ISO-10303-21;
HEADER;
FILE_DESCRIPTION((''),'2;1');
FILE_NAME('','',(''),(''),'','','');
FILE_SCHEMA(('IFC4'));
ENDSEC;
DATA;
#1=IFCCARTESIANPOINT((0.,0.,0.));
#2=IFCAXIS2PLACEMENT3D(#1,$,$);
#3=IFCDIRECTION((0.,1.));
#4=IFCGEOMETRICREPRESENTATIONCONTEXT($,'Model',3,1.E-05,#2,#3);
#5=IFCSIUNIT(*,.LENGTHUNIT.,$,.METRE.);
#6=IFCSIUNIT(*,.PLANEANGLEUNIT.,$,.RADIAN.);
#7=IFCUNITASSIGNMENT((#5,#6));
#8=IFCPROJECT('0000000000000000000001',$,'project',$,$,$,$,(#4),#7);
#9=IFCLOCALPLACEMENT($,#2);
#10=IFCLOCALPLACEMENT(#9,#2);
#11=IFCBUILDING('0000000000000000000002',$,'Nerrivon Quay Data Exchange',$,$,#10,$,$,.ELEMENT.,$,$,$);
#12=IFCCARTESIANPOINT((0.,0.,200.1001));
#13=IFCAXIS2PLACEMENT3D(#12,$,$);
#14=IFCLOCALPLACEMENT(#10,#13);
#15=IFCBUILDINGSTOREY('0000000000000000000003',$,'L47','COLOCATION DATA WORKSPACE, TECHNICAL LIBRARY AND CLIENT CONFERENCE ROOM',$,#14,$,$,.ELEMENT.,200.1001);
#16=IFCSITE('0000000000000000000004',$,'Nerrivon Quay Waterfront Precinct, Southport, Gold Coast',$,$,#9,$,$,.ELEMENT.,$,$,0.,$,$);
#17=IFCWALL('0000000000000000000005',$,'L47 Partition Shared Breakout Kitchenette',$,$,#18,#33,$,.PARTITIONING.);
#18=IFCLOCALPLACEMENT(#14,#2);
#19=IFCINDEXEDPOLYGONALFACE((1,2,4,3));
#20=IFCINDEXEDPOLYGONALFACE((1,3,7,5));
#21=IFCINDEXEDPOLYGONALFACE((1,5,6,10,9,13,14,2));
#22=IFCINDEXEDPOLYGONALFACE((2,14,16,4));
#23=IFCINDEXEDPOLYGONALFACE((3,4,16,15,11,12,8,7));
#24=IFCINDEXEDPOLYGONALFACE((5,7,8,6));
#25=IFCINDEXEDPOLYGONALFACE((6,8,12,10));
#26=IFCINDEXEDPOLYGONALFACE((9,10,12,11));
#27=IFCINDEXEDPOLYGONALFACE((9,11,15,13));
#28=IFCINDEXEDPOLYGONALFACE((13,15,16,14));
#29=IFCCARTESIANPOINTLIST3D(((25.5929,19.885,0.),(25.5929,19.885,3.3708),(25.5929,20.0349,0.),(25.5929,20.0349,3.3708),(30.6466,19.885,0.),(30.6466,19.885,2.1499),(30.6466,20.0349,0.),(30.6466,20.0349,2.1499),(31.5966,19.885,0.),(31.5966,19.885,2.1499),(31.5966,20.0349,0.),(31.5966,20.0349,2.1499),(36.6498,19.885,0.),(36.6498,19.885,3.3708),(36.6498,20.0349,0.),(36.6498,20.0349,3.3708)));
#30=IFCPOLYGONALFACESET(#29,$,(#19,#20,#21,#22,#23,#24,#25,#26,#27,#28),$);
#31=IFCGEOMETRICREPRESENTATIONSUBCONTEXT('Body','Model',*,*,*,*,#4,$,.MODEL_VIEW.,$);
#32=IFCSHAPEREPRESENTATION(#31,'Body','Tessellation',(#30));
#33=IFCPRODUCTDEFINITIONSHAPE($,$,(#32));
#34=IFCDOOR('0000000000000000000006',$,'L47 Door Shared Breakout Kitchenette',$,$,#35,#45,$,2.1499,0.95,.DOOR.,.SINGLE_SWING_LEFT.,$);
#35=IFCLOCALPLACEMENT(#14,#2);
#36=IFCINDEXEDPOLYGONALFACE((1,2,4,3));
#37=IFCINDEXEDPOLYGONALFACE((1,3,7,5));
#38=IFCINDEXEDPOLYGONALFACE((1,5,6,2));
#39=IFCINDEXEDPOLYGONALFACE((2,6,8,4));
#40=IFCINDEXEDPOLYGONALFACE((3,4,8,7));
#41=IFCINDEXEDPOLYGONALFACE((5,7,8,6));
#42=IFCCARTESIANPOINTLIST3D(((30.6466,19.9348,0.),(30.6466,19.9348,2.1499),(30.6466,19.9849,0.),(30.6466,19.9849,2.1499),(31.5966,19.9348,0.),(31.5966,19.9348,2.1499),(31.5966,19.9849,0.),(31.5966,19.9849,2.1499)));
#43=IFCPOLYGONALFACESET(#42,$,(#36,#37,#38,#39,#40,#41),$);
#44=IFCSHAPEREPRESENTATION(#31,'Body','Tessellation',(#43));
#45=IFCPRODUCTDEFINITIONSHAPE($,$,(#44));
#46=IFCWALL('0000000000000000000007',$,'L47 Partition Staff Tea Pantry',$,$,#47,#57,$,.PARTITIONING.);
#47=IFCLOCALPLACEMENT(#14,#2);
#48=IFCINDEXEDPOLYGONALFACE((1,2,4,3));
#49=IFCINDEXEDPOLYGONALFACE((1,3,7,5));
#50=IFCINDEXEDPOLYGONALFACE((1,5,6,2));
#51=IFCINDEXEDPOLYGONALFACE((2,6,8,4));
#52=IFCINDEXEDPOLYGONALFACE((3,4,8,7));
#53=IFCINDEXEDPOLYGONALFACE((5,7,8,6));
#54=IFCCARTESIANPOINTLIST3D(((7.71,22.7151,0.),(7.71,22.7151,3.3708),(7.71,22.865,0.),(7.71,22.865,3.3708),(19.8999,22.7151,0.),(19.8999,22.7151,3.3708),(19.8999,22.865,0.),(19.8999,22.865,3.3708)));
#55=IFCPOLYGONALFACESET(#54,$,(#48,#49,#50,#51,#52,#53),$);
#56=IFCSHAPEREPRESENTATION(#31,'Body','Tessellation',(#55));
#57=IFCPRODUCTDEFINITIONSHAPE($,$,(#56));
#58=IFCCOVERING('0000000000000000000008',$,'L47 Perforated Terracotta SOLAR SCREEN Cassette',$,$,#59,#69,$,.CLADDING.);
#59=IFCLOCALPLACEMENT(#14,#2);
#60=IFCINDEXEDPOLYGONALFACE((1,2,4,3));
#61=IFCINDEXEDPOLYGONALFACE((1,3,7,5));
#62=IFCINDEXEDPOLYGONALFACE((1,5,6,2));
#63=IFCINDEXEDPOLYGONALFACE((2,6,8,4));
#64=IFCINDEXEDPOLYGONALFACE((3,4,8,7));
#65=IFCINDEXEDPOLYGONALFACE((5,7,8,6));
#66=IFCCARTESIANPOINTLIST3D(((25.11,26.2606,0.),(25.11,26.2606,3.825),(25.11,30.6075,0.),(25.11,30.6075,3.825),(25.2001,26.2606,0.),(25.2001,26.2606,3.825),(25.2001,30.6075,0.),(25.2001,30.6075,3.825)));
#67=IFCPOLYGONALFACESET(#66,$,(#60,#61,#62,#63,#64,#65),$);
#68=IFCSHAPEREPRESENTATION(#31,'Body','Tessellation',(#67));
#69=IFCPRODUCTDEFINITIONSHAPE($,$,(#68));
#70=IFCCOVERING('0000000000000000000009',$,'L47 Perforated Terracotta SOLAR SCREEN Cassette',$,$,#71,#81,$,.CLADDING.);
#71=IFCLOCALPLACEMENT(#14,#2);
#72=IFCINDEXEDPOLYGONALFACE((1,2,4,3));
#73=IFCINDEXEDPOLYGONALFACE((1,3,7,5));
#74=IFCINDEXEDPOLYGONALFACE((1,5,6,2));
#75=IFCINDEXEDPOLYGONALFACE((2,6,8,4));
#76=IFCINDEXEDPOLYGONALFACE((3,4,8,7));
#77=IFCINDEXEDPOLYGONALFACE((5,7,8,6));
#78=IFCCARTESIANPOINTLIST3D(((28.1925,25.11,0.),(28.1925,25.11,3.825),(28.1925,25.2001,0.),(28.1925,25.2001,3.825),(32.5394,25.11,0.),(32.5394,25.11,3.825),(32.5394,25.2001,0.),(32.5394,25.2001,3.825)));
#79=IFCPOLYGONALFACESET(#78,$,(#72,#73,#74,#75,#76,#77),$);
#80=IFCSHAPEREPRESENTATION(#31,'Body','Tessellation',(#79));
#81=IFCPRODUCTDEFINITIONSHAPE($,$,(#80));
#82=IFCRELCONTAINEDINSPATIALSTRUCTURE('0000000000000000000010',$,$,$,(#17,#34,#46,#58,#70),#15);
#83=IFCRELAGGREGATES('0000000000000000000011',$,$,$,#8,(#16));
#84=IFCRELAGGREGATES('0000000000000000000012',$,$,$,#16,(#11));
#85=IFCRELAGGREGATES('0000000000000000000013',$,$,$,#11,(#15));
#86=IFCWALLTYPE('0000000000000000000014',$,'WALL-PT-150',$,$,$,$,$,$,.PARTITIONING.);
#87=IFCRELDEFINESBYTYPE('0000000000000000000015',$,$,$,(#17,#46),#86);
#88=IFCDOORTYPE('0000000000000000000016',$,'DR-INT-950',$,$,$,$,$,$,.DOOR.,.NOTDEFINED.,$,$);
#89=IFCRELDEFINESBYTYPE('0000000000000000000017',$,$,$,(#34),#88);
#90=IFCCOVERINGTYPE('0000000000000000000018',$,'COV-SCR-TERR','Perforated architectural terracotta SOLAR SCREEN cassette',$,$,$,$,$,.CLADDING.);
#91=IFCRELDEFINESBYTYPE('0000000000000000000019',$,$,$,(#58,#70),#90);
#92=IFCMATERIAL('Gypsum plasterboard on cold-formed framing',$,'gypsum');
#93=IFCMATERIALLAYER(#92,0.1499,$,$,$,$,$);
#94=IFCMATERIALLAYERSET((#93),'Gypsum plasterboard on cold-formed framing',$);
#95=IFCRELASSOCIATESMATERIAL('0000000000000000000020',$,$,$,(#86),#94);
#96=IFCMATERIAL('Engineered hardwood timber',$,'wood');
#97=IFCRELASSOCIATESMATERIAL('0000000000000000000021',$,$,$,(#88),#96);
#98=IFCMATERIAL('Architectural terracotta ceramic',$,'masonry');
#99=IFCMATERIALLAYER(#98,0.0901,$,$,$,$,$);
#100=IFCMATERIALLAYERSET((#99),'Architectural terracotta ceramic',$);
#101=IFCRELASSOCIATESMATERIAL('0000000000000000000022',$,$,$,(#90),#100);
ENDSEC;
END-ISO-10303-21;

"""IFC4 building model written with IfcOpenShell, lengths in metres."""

from ifc_helpers import new_model, si_unit, direction, frame, frame_2d, origin, origin_2d, place, context, subcontext, project, spatial, rectangle, extrude, material, layer, layer_set, type_object, element, fill, save


model = new_model("IFC4")

# Units and contexts
model_context = context("Model", 3, precision=1e-05, world=origin(), true_north=direction((0.0, 1.0)))
body_context = subcontext(model_context, "Body", "Model", "MODEL_VIEW")
ifc_project = project(units=[si_unit("LENGTHUNIT", "METRE"), si_unit("PLANEANGLEUNIT", "RADIAN")], contexts=[model_context])

# Site, building, storey
site_placement = place(None, origin())
site = spatial("IfcSite", under=ifc_project, at=site_placement, Name="Nerrivon Quay Waterfront Precinct, Southport, Gold Coast", CompositionType="ELEMENT", RefElevation=0.0)
building_placement = place(site_placement, origin())
building = spatial("IfcBuilding", under=site, at=building_placement, Name="Nerrivon Quay Data Exchange", CompositionType="ELEMENT")
storey_placement = place(building_placement, frame((0.0, 0.0, 200.1001)))
storey = spatial("IfcBuildingStorey", under=building, at=storey_placement, Name="L47", Description="COLOCATION DATA WORKSPACE, TECHNICAL LIBRARY AND CLIENT CONFERENCE ROOM", CompositionType="ELEMENT", Elevation=200.1001)

# Shared definitions
ifc_material_1 = material(Name="Gypsum plasterboard on cold-formed framing", Category="gypsum")

# Wall, opening, door
ifc_layer_1 = layer(ifc_material_1, 0.1499)
ifc_layer_set_1 = layer_set([ifc_layer_1], Name="Gypsum plasterboard on cold-formed framing")
wall_type_1 = type_object("IfcWallType", Name="WALL-PT-150", PredefinedType="PARTITIONING", material=ifc_layer_set_1)
wall_1_placement = place(storey_placement, frame((25.593, 19.96, 0.0), z_axis=(0.0, 0.0, 1.0), x_axis=(1.0, 0.0, 0.0)))
wall_1 = element("IfcWall", 1, at=wall_1_placement, inside=storey, type_object=wall_type_1, Name="L47 Partition Shared Breakout Kitchenette", PredefinedType="PARTITIONING", context=body_context, shape_type="SweptSolid", body=[
    extrude(rectangle(XDim=11.0569, YDim=0.1499, at=frame_2d((5.5283, 0.0))), origin(), (0.0, 0.0, 1.0), 3.3708),
])
opening_placement = place(wall_1_placement, frame((5.0535, 0.0, 0.0)))
opening = element("IfcOpeningElement", 2, at=opening_placement, cuts=wall_1, PredefinedType="OPENING", context=body_context, shape_type="SweptSolid", body=[
    extrude(rectangle(XDim=0.95, YDim=2.1499, at=frame_2d((0.4751, 1.075))), frame((0.0, 0.085, 0.0), z_axis=(0.0, -1.0, 0.0), x_axis=(1.0, 0.0, 0.0)), (0.0, 0.0, 1.0), 0.1699),
])
ifc_material_2 = material(Name="Engineered hardwood timber", Category="wood")
door_type = type_object("IfcDoorType", Name="DR-INT-950", OperationType="NOTDEFINED", PredefinedType="DOOR", material=ifc_material_2)
door_placement = place(opening_placement, origin())
door = element("IfcDoor", 3, at=door_placement, inside=storey, type_object=door_type, Name="L47 Door Shared Breakout Kitchenette", OperationType="SINGLE_SWING_LEFT", OverallHeight=2.1499, OverallWidth=0.95, PredefinedType="DOOR", context=body_context, shape_type="SweptSolid", body=[
    extrude(rectangle(XDim=0.95, YDim=2.1499, at=frame_2d((0.4751, 1.075))), frame((0.0, 0.0249, 0.0), z_axis=(0.0, -1.0, 0.0), x_axis=(1.0, 0.0, 0.0)), (0.0, 0.0, 1.0), 0.05),
])
fill(opening, door)

# Wall
wall_2_placement = place(storey_placement, frame((19.8999, 22.79, 0.0), z_axis=(0.0, 0.0, 1.0), x_axis=(-1.0, 0.0, 0.0)))
element("IfcWall", 4, at=wall_2_placement, inside=storey, type_object=wall_type_1, Name="L47 Partition Staff Tea Pantry", PredefinedType="PARTITIONING", context=body_context, shape_type="SweptSolid", body=[
    extrude(rectangle(XDim=12.1899, YDim=0.1499, at=frame_2d((6.095, 0.0))), origin(), (0.0, 0.0, 1.0), 3.3708),
])

# Coverings
ifc_material_3 = material(Name="Architectural terracotta ceramic", Category="masonry")
ifc_layer_2 = layer(ifc_material_3, 0.0901)
ifc_layer_set_2 = layer_set([ifc_layer_2], Name="Architectural terracotta ceramic")
covering_type = type_object("IfcCoveringType", Name="COV-SCR-TERR", Description="Perforated architectural terracotta SOLAR SCREEN cassette", PredefinedType="CLADDING", material=ifc_layer_set_2)
for number, where, z_axis, x_axis, name in (
    (5, (25.155, 28.4341, 0.0), (0.0, 0.0, 1.0), (0.0, -1.0, 0.0), "L47 Perforated Terracotta SOLAR SCREEN Cassette"),
    (6, (30.366, 25.155, 0.0), (0.0, 0.0, 1.0), (1.0, 0.0, 0.0), "L47 Perforated Terracotta SOLAR SCREEN Cassette"),
):
    element("IfcCovering", number, at=place(storey_placement, frame(where, z_axis=z_axis, x_axis=x_axis)), inside=storey, type_object=covering_type, Name=name, PredefinedType="CLADDING", context=body_context, shape_type="SweptSolid", body=[
        extrude(rectangle(XDim=4.3469, YDim=0.0901, at=origin_2d()), origin(), (0.0, 0.0, 1.0), 3.825),
    ])

save(model, "model.ifc")
